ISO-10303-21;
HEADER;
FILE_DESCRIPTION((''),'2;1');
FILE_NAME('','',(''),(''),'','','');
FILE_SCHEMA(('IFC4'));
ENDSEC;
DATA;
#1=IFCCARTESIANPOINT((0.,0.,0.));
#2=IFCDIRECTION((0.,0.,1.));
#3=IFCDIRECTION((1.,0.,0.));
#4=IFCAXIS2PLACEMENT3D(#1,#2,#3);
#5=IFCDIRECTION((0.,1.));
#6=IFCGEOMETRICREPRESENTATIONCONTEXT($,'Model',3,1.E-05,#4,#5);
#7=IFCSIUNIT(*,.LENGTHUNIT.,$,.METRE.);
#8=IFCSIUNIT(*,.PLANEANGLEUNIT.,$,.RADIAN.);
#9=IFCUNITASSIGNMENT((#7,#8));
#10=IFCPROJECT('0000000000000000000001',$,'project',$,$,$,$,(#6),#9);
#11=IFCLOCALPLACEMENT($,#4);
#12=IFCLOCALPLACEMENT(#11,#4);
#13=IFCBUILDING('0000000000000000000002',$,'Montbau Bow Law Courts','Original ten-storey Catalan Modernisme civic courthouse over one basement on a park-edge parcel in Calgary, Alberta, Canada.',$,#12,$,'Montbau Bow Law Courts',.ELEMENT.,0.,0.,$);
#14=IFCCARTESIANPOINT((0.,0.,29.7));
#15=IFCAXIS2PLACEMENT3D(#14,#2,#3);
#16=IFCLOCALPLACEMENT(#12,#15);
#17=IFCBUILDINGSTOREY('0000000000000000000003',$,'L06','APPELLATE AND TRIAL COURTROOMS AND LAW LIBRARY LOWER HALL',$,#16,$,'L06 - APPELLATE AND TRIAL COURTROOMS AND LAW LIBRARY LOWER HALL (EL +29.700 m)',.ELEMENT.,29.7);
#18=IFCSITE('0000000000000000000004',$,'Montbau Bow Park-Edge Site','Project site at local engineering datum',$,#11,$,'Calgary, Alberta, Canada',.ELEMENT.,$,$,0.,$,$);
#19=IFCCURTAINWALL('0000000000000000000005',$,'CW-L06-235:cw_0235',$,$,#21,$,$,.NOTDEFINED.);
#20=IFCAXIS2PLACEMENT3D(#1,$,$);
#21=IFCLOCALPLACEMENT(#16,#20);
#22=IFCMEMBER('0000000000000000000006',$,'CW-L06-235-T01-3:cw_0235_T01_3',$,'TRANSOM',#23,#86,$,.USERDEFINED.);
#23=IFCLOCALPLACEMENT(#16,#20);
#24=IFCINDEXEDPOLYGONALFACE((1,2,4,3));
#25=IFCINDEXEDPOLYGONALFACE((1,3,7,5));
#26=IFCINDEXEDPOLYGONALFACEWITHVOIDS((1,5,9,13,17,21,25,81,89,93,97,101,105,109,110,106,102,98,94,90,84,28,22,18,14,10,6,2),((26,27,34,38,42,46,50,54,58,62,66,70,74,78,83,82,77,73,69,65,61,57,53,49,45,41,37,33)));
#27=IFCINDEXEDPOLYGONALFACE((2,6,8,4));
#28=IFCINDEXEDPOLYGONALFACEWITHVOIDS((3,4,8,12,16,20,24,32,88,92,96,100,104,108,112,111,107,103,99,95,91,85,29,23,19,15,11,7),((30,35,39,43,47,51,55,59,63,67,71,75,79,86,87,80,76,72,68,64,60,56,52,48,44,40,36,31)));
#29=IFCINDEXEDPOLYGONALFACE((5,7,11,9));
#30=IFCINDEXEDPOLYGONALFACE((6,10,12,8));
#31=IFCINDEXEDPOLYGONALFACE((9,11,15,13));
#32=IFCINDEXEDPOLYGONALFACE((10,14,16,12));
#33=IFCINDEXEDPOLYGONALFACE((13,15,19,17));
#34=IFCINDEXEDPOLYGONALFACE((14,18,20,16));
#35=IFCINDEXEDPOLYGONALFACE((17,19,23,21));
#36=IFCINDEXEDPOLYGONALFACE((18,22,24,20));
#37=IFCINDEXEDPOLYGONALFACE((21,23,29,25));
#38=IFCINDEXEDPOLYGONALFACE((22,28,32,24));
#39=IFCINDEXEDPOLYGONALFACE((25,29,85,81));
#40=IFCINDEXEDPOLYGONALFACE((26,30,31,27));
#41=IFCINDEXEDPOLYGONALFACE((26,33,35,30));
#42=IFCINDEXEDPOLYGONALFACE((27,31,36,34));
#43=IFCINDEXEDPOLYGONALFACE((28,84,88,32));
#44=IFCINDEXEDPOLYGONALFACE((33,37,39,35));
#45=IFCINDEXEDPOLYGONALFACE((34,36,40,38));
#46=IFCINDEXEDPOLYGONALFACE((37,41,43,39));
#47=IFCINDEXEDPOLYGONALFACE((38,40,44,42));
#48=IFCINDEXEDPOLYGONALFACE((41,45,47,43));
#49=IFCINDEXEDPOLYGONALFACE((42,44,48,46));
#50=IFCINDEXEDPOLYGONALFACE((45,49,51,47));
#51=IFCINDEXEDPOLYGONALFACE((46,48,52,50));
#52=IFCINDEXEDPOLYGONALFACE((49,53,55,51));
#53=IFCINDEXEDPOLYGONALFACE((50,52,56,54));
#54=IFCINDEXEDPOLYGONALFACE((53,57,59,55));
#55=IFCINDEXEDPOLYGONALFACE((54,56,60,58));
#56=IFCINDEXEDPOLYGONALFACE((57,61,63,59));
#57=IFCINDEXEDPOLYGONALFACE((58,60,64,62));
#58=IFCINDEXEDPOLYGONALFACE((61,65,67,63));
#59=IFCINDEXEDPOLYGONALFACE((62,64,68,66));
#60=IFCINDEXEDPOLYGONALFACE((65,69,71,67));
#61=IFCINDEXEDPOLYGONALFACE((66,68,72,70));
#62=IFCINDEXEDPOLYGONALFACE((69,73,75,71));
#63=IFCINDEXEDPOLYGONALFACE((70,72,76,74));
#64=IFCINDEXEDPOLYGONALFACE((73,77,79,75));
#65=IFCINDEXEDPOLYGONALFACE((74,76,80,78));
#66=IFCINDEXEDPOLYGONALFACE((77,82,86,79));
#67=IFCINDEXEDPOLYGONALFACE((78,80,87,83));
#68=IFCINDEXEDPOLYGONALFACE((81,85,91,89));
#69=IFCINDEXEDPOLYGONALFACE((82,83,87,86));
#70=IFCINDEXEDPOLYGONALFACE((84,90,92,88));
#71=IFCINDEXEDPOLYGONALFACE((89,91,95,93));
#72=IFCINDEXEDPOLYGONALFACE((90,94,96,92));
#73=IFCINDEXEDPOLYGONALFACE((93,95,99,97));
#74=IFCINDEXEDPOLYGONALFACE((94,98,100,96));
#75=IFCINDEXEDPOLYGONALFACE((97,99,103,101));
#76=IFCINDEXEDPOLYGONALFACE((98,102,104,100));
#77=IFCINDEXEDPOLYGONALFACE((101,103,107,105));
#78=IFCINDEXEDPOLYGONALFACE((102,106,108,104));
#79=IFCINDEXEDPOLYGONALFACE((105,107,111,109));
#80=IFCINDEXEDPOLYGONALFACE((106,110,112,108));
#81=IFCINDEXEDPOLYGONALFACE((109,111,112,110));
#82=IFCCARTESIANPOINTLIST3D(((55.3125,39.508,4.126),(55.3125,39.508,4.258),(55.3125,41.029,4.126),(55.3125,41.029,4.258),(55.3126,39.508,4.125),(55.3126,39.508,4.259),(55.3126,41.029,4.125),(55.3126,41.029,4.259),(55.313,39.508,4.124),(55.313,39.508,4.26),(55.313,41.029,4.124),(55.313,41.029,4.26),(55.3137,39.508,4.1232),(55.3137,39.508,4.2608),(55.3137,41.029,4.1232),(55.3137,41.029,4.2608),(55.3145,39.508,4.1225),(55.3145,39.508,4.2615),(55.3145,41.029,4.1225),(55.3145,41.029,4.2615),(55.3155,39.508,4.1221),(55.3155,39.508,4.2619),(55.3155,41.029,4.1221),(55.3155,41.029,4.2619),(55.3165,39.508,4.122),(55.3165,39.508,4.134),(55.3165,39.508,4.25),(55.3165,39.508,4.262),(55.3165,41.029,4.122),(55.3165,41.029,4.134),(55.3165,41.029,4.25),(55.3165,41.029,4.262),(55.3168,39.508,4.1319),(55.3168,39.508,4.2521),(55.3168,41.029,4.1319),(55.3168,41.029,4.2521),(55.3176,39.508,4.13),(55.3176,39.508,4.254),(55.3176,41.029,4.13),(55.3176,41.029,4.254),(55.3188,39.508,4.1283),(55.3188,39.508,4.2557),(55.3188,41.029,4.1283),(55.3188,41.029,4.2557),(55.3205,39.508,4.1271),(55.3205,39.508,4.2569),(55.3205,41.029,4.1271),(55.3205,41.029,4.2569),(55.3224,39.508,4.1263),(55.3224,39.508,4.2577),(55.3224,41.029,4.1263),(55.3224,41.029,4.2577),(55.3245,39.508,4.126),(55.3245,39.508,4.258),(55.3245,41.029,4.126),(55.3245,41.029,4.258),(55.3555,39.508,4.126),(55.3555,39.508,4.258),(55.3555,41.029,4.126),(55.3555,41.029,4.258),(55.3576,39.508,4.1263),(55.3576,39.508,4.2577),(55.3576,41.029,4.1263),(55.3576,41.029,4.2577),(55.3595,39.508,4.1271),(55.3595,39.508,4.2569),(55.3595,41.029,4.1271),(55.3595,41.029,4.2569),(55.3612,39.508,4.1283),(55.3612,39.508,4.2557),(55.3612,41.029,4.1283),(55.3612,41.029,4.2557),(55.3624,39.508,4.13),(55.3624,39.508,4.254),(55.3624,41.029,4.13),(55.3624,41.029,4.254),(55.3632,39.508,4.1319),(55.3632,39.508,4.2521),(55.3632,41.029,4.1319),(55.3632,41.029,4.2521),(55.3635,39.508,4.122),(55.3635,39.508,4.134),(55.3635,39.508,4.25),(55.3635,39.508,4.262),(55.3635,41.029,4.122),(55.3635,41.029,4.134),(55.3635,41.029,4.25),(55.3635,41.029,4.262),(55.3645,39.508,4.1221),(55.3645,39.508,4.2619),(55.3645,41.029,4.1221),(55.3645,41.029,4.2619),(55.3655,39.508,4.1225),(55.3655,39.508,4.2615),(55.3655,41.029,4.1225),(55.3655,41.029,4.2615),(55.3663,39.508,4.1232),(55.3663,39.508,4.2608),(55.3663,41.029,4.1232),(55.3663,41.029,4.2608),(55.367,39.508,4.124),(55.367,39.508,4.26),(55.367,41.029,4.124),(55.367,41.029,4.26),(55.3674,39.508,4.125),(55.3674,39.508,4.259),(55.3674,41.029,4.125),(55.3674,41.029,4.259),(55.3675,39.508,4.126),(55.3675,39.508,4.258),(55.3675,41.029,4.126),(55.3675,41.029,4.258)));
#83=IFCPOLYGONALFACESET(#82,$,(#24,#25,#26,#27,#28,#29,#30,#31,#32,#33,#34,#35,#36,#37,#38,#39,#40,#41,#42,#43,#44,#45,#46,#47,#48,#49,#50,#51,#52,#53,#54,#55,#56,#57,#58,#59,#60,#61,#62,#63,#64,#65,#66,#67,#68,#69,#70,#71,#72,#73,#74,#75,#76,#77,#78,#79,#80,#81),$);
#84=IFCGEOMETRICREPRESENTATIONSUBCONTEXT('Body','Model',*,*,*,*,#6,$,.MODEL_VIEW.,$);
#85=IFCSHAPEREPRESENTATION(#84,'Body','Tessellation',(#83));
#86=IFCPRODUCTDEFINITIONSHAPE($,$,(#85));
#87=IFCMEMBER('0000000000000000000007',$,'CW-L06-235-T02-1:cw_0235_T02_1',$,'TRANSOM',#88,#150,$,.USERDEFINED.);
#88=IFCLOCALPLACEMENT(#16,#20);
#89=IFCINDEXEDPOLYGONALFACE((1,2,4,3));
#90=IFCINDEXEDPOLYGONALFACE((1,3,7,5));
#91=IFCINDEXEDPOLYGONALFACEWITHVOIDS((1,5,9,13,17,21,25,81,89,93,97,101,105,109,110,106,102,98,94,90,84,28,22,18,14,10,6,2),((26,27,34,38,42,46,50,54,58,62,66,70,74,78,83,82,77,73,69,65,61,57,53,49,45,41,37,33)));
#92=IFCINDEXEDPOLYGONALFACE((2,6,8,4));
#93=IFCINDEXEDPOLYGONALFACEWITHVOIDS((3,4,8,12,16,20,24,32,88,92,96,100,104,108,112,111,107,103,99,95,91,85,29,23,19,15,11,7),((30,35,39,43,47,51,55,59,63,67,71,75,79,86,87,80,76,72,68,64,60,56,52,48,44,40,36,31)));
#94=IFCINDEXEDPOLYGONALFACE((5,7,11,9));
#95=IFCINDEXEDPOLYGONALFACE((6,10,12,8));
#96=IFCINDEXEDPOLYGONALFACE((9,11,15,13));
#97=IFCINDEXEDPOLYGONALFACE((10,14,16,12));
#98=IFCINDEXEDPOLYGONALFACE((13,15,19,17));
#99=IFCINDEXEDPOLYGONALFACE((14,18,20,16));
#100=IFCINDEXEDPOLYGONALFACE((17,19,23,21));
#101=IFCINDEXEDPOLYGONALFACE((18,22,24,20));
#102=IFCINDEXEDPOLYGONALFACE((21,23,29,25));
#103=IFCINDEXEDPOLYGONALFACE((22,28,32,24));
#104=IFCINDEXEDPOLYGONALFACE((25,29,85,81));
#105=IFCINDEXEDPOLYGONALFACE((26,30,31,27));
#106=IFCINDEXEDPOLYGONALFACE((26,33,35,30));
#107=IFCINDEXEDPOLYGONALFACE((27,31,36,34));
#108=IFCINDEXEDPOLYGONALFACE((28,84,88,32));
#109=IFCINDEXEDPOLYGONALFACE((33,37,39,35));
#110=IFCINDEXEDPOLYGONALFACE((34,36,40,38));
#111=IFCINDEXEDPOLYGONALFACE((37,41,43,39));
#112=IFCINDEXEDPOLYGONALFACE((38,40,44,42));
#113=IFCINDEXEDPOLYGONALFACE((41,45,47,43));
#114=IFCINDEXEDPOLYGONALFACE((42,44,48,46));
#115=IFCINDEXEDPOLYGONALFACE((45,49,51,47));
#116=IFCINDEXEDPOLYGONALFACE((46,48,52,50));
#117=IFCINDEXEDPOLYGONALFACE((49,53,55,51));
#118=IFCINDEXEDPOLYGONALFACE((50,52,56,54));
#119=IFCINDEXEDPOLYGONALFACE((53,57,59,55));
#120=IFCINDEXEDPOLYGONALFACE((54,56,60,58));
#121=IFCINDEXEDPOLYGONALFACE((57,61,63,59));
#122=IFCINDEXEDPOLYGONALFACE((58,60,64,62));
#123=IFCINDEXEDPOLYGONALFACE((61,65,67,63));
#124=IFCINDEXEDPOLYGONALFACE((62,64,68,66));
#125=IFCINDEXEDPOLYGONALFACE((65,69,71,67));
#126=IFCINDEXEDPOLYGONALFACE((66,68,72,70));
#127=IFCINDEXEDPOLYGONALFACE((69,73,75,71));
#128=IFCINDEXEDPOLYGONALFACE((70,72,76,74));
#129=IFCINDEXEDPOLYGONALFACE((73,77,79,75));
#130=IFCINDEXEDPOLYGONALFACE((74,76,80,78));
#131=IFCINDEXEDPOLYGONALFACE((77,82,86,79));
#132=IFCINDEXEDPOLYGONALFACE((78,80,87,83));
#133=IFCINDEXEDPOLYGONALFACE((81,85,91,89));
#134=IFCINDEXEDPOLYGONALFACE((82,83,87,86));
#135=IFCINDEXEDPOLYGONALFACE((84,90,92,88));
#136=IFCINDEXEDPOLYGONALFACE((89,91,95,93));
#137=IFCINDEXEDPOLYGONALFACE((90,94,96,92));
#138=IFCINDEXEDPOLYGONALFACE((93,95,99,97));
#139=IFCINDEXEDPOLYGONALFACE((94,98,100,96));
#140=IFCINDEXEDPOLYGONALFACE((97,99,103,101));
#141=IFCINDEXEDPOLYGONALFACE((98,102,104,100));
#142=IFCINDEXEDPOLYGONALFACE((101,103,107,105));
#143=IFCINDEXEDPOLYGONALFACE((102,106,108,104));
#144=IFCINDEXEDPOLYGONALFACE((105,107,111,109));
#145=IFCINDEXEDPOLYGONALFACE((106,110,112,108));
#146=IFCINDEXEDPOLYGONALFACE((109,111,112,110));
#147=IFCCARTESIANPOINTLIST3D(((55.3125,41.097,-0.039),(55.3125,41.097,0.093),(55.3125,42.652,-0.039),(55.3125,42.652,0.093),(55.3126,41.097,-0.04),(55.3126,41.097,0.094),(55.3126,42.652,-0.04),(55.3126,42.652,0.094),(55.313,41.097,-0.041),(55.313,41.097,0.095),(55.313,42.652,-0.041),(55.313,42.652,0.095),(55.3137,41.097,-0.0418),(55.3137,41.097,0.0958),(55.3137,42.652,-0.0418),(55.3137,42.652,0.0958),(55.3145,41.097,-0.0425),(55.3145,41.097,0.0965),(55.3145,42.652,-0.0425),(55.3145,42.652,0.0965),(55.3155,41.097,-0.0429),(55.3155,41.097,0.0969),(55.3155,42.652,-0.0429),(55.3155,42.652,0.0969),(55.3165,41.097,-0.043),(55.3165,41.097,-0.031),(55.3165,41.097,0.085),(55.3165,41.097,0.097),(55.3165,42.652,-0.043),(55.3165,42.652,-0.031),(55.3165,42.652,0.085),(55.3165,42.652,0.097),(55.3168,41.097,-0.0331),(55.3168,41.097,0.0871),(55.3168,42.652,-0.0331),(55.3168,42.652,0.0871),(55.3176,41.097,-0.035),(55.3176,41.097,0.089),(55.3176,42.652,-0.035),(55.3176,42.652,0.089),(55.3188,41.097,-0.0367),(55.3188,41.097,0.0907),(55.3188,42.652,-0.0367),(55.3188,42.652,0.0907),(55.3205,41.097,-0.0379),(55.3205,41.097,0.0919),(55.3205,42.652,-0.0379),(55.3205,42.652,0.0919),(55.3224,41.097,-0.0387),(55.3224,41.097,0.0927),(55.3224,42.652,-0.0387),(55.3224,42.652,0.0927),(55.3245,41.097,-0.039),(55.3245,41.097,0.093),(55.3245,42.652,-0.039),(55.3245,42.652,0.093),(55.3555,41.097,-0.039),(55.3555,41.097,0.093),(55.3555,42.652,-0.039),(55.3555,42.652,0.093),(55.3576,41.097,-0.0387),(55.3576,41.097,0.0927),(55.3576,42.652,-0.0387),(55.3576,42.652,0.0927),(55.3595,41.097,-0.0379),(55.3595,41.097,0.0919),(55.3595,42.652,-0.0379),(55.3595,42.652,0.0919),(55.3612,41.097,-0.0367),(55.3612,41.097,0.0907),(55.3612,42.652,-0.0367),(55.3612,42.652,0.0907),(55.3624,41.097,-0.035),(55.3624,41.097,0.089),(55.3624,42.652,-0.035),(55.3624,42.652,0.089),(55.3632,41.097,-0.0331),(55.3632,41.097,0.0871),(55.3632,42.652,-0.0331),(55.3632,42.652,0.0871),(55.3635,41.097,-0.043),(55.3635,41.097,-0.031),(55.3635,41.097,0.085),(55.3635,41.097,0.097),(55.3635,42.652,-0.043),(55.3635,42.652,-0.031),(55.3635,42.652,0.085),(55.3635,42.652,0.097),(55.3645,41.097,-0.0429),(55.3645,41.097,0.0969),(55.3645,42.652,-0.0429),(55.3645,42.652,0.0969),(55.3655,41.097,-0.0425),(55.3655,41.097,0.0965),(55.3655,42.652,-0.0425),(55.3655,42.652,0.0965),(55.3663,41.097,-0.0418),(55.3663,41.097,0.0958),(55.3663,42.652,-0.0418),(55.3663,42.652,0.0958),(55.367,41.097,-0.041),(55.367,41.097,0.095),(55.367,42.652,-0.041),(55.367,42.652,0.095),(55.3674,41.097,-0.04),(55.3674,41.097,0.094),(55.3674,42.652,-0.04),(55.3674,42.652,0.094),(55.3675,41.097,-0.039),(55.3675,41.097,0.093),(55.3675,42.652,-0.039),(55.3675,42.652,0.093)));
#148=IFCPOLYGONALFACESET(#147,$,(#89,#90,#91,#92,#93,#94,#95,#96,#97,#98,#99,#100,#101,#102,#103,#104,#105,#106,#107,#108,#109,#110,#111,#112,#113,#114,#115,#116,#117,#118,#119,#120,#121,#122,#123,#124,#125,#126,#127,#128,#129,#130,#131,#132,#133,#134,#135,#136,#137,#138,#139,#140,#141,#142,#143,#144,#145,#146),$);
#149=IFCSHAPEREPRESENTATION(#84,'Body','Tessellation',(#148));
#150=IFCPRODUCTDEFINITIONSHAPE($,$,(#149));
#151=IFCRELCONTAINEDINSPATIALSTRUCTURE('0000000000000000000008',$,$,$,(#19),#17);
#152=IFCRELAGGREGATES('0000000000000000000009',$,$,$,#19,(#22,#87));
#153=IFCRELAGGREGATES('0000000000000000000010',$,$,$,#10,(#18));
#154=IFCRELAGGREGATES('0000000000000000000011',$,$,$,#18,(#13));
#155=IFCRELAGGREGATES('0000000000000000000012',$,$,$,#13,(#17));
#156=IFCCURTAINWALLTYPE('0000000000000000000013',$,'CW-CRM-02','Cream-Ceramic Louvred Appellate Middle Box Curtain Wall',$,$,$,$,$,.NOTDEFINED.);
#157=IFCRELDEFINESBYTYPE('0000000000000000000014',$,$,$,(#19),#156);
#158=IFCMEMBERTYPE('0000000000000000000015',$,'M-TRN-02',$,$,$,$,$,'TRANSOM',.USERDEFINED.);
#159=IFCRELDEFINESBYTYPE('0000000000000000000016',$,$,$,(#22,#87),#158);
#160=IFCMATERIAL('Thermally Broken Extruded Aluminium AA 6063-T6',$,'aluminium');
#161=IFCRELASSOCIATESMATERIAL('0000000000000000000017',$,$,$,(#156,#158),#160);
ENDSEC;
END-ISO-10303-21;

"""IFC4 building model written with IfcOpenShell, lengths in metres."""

from ifc_helpers import new_model, si_unit, direction, frame, origin_with_axes, origin_2d_with_axis, place, context, subcontext, project, spatial, hollow_rectangle, extrude, material, material_profile, profile_set, type_object, element, aggregate, save


model = new_model("IFC4")

# Units and contexts
model_context = context("Model", 3, precision=1e-05, world=origin_with_axes(), true_north=direction((0.0, 1.0)))
body_context = subcontext(model_context, "Body", "Model", "MODEL_VIEW")
ifc_project = project(units=[si_unit("LENGTHUNIT", "METRE"), si_unit("PLANEANGLEUNIT", "RADIAN")], contexts=[model_context])

# Site, building, storey
site_placement = place(None, origin_with_axes())
site = spatial("IfcSite", under=ifc_project, at=site_placement, Name="Montbau Bow Park-Edge Site", Description="Project site at local engineering datum", LongName="Calgary, Alberta, Canada", CompositionType="ELEMENT", RefElevation=0.0)
building_placement = place(site_placement, origin_with_axes())
building = spatial("IfcBuilding", under=site, at=building_placement, Name="Montbau Bow Law Courts", Description="Original ten-storey Catalan Modernisme civic courthouse over one basement on a park-edge parcel in Calgary, Alberta, Canada.", LongName="Montbau Bow Law Courts", CompositionType="ELEMENT", ElevationOfRefHeight=0.0, ElevationOfTerrain=0.0)
storey_placement = place(building_placement, frame((0.0, 0.0, 29.7), z_axis=(0.0, 0.0, 1.0), x_axis=(1.0, 0.0, 0.0)))
storey = spatial("IfcBuildingStorey", under=building, at=storey_placement, Name="L06", Description="APPELLATE AND TRIAL COURTROOMS AND LAW LIBRARY LOWER HALL", LongName="L06 - APPELLATE AND TRIAL COURTROOMS AND LAW LIBRARY LOWER HALL (EL +29.700 m)", CompositionType="ELEMENT", Elevation=29.7)

# Shared definitions
ifc_material_1 = material(Name="Thermally Broken Extruded Aluminium AA 6063-T6", Category="aluminium")
curtain_wall_type = type_object("IfcCurtainWallType", Name="CW-CRM-02", Description="Cream-Ceramic Louvred Appellate Middle Box Curtain Wall", PredefinedType="NOTDEFINED", material=ifc_material_1)

# Curtain wall
curtain_wall_1_placement = place(None, frame((55.34, 39.44, 29.7), z_axis=(0.0, 0.0, 1.0), x_axis=(1.0, 0.0, 0.0)))
curtain_wall_1 = element("IfcCurtainWall", 1, at=curtain_wall_1_placement, inside=storey, type_object=curtain_wall_type, Name="CW-L06-235:cw_0235", PredefinedType="NOTDEFINED")

# Members
ifc_material_profile_1 = material_profile(ifc_material_1, hollow_rectangle(XDim=0.055, YDim=0.14, WallThickness=0.004, InnerFilletRadius=0.008, OuterFilletRadius=0.004, at=origin_2d_with_axis()), Name="CWT-140X55", Category="Main", Priority=0)
ifc_profile_set_1 = profile_set([ifc_material_profile_1], Name="Thermally Broken Extruded Aluminium AA 6063-T6")
member_type_1 = type_object("IfcMemberType", Name="M-TRN-02", ElementType="TRANSOM", PredefinedType="USERDEFINED", material=ifc_profile_set_1)
member_1_placement = place(None, frame((55.34, 39.508, 33.892), z_axis=(0.0, 1.0, 0.0), x_axis=(-1.0, 0.0, 0.0)))
member_1 = element("IfcMember", 2, at=member_1_placement, type_object=member_type_1, Name="CW-L06-235-T01-3:cw_0235_T01_3", ObjectType="TRANSOM", PredefinedType="USERDEFINED", context=body_context, shape_type="SweptSolid", body=[
    extrude(hollow_rectangle(XDim=0.055, YDim=0.14, WallThickness=0.004, InnerFilletRadius=0.008, OuterFilletRadius=0.004, at=origin_2d_with_axis()), origin_with_axes(), (0.0, 0.0, 1.0), 1.521),
])
member_2_placement = place(None, frame((55.34, 41.097, 29.727), z_axis=(0.0, 1.0, 0.0), x_axis=(-1.0, 0.0, 0.0)))
member_2 = element("IfcMember", 3, at=member_2_placement, type_object=member_type_1, Name="CW-L06-235-T02-1:cw_0235_T02_1", ObjectType="TRANSOM", PredefinedType="USERDEFINED", context=body_context, shape_type="SweptSolid", body=[
    extrude(hollow_rectangle(XDim=0.055, YDim=0.14, WallThickness=0.004, InnerFilletRadius=0.008, OuterFilletRadius=0.004, at=origin_2d_with_axis()), origin_with_axes(), (0.0, 0.0, 1.0), 1.555),
])

aggregate(curtain_wall_1, [member_1, member_2])

save(model, "model.ifc")
